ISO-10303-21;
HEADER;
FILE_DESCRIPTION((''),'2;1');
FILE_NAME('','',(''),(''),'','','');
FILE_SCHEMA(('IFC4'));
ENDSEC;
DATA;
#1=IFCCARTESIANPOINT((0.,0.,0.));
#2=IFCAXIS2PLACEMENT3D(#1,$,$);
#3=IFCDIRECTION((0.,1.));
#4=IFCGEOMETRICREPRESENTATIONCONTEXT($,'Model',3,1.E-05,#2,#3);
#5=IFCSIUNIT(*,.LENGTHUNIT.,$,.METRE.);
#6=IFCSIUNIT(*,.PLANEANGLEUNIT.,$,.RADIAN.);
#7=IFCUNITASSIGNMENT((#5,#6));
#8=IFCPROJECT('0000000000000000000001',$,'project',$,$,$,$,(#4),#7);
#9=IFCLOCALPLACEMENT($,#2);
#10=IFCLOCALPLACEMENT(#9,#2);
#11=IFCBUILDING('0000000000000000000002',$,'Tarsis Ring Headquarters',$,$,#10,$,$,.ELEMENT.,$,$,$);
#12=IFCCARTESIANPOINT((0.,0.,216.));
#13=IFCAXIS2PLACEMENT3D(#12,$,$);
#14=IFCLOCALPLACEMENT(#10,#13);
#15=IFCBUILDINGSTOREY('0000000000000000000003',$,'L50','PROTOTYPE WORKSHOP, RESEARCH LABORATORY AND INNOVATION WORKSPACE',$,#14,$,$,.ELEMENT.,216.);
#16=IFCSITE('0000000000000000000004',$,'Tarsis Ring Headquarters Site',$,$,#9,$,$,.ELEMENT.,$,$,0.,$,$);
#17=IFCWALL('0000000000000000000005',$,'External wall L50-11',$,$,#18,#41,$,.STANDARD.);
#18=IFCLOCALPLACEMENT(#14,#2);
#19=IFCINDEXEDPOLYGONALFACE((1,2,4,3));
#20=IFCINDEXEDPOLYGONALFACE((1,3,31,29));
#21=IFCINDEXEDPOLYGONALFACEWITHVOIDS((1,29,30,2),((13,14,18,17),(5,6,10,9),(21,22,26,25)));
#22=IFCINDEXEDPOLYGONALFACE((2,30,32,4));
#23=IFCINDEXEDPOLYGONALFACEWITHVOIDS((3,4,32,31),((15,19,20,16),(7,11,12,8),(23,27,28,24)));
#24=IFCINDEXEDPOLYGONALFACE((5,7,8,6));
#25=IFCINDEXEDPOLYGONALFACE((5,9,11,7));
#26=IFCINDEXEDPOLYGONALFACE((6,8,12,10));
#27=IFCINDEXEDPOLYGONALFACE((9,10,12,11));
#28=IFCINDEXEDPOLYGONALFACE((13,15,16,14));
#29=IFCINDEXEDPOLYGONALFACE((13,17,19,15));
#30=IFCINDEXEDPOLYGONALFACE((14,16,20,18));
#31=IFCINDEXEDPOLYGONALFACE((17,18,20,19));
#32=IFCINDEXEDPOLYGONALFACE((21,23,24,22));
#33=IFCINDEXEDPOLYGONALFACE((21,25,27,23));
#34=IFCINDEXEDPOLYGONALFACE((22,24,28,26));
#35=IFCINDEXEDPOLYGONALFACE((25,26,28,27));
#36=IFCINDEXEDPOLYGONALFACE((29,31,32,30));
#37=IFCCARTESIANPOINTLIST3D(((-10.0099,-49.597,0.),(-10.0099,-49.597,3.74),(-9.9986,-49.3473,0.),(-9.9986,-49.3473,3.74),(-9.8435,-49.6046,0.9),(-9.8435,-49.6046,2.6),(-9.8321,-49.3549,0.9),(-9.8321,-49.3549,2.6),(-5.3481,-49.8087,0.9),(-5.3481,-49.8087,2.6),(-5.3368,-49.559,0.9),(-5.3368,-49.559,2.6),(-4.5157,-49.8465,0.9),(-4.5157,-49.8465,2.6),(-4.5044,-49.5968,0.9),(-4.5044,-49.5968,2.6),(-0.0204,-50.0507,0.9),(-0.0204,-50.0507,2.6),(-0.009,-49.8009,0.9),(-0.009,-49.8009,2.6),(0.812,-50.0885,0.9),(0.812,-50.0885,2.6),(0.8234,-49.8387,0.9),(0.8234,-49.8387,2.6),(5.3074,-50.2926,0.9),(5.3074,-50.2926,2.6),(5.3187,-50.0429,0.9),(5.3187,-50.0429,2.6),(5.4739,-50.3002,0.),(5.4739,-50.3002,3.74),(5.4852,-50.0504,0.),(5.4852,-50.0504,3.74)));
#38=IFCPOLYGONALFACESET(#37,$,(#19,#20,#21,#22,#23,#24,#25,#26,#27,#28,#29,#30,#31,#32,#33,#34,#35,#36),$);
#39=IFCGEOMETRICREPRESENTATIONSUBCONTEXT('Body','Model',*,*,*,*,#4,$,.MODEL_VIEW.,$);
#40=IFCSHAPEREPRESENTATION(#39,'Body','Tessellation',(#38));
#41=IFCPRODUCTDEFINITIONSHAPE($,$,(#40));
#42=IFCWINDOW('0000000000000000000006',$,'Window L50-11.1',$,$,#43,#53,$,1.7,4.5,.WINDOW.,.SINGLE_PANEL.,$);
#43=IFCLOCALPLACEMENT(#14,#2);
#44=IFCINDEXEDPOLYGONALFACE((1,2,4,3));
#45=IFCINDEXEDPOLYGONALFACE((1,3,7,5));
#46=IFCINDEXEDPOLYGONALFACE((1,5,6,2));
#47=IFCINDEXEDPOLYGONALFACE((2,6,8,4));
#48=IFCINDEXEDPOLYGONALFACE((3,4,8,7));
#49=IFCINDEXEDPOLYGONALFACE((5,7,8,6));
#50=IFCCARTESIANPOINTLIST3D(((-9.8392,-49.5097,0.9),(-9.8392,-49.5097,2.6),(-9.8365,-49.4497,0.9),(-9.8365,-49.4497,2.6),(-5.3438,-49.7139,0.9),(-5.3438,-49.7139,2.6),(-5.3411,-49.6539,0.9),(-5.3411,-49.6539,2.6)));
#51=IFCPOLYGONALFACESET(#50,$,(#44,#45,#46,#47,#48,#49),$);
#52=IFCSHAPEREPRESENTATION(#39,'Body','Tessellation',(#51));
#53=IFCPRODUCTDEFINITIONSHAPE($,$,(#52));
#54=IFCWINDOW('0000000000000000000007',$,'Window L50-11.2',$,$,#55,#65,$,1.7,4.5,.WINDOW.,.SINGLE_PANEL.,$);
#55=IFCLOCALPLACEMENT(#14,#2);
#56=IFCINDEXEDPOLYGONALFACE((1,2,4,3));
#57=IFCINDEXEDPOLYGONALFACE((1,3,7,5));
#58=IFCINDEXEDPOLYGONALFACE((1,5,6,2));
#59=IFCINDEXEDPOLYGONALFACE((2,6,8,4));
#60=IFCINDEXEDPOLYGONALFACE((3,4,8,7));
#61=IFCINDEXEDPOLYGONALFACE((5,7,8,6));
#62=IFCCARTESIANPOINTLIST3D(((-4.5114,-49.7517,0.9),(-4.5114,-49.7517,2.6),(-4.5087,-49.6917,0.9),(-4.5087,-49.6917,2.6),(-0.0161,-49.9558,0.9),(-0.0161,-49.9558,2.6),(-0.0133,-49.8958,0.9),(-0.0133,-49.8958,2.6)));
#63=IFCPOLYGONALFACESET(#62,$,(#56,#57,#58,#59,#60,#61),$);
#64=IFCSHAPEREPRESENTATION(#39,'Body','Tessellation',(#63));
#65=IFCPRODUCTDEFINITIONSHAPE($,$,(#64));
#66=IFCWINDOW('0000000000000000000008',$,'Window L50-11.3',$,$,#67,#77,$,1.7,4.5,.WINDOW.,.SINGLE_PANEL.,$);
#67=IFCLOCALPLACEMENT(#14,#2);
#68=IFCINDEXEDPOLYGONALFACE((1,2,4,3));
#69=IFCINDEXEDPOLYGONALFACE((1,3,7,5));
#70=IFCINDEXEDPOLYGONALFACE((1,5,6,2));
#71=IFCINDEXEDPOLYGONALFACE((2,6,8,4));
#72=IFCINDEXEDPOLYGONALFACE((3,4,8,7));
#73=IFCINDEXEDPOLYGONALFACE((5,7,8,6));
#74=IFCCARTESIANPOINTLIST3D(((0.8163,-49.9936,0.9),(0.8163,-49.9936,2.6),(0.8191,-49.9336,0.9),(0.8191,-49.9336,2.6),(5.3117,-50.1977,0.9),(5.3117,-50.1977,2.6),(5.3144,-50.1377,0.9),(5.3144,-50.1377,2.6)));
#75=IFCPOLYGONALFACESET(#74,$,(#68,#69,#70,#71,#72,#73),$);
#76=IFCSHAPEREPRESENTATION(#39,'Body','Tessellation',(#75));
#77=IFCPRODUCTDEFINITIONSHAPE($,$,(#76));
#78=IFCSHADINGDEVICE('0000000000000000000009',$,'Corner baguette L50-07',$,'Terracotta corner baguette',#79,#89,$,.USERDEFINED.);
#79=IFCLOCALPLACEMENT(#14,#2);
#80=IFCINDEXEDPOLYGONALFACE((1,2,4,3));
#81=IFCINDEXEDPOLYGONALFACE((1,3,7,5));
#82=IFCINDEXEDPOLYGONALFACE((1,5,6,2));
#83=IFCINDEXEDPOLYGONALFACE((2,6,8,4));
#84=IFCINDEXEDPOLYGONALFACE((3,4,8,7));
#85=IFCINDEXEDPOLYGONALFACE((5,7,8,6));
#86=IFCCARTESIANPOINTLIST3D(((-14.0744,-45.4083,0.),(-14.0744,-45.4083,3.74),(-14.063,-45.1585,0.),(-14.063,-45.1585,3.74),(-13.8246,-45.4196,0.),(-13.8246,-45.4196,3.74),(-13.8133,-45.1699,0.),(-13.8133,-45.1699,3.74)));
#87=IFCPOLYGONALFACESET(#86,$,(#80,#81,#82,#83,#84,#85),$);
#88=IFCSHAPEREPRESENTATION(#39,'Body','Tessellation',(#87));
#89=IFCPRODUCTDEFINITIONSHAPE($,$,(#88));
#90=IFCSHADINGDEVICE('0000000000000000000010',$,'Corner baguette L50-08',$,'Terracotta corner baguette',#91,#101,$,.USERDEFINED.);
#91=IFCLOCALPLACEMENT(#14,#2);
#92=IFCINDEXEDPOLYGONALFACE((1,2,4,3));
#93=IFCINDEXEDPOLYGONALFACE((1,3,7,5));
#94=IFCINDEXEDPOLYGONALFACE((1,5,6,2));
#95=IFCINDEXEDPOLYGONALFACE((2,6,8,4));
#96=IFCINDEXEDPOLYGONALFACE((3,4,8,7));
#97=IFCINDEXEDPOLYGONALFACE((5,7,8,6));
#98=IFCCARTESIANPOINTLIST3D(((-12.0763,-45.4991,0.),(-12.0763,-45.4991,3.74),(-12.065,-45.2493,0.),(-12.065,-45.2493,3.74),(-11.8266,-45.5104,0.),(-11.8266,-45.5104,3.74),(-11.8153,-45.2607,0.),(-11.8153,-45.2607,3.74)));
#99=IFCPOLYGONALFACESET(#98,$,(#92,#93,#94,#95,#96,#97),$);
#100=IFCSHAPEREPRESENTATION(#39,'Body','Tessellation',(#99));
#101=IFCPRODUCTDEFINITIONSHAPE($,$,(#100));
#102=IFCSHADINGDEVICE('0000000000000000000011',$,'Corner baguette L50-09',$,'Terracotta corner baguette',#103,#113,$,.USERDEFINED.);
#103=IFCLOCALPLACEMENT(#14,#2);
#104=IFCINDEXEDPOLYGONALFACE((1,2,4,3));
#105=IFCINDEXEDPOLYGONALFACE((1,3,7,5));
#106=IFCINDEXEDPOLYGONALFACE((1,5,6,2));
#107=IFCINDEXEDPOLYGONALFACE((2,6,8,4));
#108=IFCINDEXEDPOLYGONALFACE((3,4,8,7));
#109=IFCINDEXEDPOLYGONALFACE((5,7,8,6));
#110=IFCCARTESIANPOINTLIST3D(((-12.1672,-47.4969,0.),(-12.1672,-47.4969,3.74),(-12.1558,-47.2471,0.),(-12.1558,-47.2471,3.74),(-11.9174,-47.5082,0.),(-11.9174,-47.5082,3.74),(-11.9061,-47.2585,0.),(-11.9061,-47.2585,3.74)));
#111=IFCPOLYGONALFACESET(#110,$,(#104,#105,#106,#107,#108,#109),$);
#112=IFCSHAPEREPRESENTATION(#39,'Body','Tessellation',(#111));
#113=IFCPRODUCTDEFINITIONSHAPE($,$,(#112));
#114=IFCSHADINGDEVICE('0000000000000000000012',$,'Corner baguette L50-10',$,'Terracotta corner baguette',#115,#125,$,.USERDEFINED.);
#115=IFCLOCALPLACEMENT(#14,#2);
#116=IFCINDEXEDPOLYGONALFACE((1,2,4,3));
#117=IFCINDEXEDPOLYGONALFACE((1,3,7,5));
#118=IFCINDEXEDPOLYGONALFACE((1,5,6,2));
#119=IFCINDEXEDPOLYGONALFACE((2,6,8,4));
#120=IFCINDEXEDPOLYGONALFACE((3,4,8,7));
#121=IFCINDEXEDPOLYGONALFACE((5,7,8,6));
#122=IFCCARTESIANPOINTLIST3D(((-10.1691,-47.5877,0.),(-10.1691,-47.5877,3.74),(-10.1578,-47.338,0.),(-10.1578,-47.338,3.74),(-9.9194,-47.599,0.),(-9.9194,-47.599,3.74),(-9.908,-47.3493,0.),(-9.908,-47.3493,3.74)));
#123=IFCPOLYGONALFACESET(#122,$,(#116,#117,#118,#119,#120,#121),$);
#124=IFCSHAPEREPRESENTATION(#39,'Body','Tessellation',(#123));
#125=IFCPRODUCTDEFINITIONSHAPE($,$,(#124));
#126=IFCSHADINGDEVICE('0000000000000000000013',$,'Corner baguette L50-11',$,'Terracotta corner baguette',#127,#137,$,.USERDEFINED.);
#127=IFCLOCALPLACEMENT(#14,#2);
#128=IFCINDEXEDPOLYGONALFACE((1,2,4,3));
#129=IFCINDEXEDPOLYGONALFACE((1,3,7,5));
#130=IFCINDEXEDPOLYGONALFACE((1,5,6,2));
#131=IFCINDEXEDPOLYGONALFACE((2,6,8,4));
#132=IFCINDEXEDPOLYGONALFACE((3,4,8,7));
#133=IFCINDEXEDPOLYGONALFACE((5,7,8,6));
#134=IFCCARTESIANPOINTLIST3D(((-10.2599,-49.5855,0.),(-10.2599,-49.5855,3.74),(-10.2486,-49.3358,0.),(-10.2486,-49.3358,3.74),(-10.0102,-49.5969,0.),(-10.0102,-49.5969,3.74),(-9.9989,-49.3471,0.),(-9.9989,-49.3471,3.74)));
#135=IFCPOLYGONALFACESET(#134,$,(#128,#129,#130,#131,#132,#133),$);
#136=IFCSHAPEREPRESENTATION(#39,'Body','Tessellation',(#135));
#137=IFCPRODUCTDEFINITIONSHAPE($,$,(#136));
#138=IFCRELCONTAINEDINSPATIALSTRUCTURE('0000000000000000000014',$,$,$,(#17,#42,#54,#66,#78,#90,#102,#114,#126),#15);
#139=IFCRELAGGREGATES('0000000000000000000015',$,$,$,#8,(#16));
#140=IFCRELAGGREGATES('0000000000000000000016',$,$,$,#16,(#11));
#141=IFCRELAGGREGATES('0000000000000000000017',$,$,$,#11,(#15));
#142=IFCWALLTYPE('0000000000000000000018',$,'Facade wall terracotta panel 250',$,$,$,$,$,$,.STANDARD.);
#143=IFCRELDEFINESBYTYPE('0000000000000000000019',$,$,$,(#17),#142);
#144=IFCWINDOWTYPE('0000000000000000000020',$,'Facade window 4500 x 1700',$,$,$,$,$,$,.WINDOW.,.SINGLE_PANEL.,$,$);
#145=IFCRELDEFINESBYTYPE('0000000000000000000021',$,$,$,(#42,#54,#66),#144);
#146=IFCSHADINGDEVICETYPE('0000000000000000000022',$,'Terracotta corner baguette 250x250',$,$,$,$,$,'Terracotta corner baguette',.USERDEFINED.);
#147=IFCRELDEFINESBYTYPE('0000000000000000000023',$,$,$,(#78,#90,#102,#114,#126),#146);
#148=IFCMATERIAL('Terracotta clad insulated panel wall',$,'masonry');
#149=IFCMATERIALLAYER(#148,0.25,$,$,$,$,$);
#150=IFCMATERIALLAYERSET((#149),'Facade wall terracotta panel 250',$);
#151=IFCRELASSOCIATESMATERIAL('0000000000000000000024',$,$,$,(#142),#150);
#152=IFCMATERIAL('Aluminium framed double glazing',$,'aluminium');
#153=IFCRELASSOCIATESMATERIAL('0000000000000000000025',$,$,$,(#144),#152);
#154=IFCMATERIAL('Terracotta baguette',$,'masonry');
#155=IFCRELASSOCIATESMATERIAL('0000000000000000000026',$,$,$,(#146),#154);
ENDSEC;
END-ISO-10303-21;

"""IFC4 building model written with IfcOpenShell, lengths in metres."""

from ifc_helpers import new_model, si_unit, direction, frame, frame_2d, origin, origin_2d, place, context, subcontext, project, spatial, rectangle, extrude, material, layer, layer_set, type_object, element, fill, save


model = new_model("IFC4")

# Units and contexts
model_context = context("Model", 3, precision=1e-05, world=origin(), true_north=direction((0.0, 1.0)))
body_context = subcontext(model_context, "Body", "Model", "MODEL_VIEW")
ifc_project = project(units=[si_unit("LENGTHUNIT", "METRE"), si_unit("PLANEANGLEUNIT", "RADIAN")], contexts=[model_context])

# Site, building, storey
site_placement = place(None, origin())
site = spatial("IfcSite", under=ifc_project, at=site_placement, Name="Tarsis Ring Headquarters Site", CompositionType="ELEMENT", RefElevation=0.0)
building_placement = place(site_placement, origin())
building = spatial("IfcBuilding", under=site, at=building_placement, Name="Tarsis Ring Headquarters", CompositionType="ELEMENT")
storey_placement = place(building_placement, frame((0.0, 0.0, 216.0)))
storey = spatial("IfcBuildingStorey", under=building, at=storey_placement, Name="L50", Description="PROTOTYPE WORKSHOP, RESEARCH LABORATORY AND INNOVATION WORKSPACE", CompositionType="ELEMENT", Elevation=216.0)

# Shared definitions
ifc_material_1 = material(Name="Terracotta clad insulated panel wall", Category="masonry")
ifc_layer_1 = layer(ifc_material_1, 0.25)
ifc_layer_set_1 = layer_set([ifc_layer_1], Name="Facade wall terracotta panel 250")
wall_type_1 = type_object("IfcWallType", Name="Facade wall terracotta panel 250", PredefinedType="STANDARD", material=ifc_layer_set_1)

# Wall, openings, windows
wall_1_placement = place(storey_placement, frame((-10.0044, -49.4722, 0.0), z_axis=(0.0, 0.0, 1.0), x_axis=(0.998971, -0.045363, 0.0)))
wall_1 = element("IfcWall", 1, at=wall_1_placement, inside=storey, type_object=wall_type_1, Name="External wall L50-11", PredefinedType="STANDARD", context=body_context, shape_type="SweptSolid", body=[
    extrude(rectangle(XDim=15.4998, YDim=0.25, at=frame_2d((7.75, 0.0))), origin(), (0.0, 0.0, 1.0), 3.74),
])
opening_1_placement = place(wall_1_placement, frame((0.1667, 0.0, 0.8999)))
opening_1 = element("IfcOpeningElement", 2, at=opening_1_placement, cuts=wall_1, PredefinedType="OPENING", context=body_context, shape_type="SweptSolid", body=[
    extrude(rectangle(XDim=4.5, YDim=1.7, at=frame_2d((2.25, 0.8501))), frame((0.0, 0.135, 0.0), z_axis=(0.0, -1.0, 0.0), x_axis=(1.0, 0.0, 0.0)), (0.0, 0.0, 1.0), 0.27),
])
opening_2_placement = place(wall_1_placement, frame((5.5, 0.0, 0.8999)))
opening_2 = element("IfcOpeningElement", 3, at=opening_2_placement, cuts=wall_1, PredefinedType="OPENING", context=body_context, shape_type="SweptSolid", body=[
    extrude(rectangle(XDim=4.5, YDim=1.7, at=frame_2d((2.25, 0.8501))), frame((0.0, 0.135, 0.0), z_axis=(0.0, -1.0, 0.0), x_axis=(1.0, 0.0, 0.0)), (0.0, 0.0, 1.0), 0.27),
])
opening_3_placement = place(wall_1_placement, frame((10.8333, 0.0, 0.8999)))
opening_3 = element("IfcOpeningElement", 4, at=opening_3_placement, cuts=wall_1, PredefinedType="OPENING", context=body_context, shape_type="SweptSolid", body=[
    extrude(rectangle(XDim=4.5, YDim=1.7, at=frame_2d((2.25, 0.8501))), frame((0.0, 0.135, 0.0), z_axis=(0.0, -1.0, 0.0), x_axis=(1.0, 0.0, 0.0)), (0.0, 0.0, 1.0), 0.27),
])
ifc_material_2 = material(Name="Aluminium framed double glazing", Category="aluminium")
window_type = type_object("IfcWindowType", Name="Facade window 4500 x 1700", PartitioningType="SINGLE_PANEL", PredefinedType="WINDOW", material=ifc_material_2)
window_1_placement = place(opening_1_placement, origin())
window_1 = element("IfcWindow", 5, at=window_1_placement, inside=storey, type_object=window_type, Name="Window L50-11.1", OverallHeight=1.7, OverallWidth=4.5, PartitioningType="SINGLE_PANEL", PredefinedType="WINDOW", context=body_context, shape_type="SweptSolid", body=[
    extrude(rectangle(XDim=4.5, YDim=1.7, at=frame_2d((2.25, 0.8501))), frame((0.0, 0.03, 0.0), z_axis=(0.0, -1.0, 0.0), x_axis=(1.0, 0.0, 0.0)), (0.0, 0.0, 1.0), 0.0601),
])
fill(opening_1, window_1)
window_2_placement = place(opening_2_placement, origin())
window_2 = element("IfcWindow", 6, at=window_2_placement, inside=storey, type_object=window_type, Name="Window L50-11.2", OverallHeight=1.7, OverallWidth=4.5, PartitioningType="SINGLE_PANEL", PredefinedType="WINDOW", context=body_context, shape_type="SweptSolid", body=[
    extrude(rectangle(XDim=4.5, YDim=1.7, at=frame_2d((2.25, 0.8501))), frame((0.0, 0.03, 0.0), z_axis=(0.0, -1.0, 0.0), x_axis=(1.0, 0.0, 0.0)), (0.0, 0.0, 1.0), 0.0601),
])
fill(opening_2, window_2)
window_3_placement = place(opening_3_placement, origin())
window_3 = element("IfcWindow", 7, at=window_3_placement, inside=storey, type_object=window_type, Name="Window L50-11.3", OverallHeight=1.7, OverallWidth=4.5, PartitioningType="SINGLE_PANEL", PredefinedType="WINDOW", context=body_context, shape_type="SweptSolid", body=[
    extrude(rectangle(XDim=4.5, YDim=1.7, at=frame_2d((2.25, 0.8501))), frame((0.0, 0.03, 0.0), z_axis=(0.0, -1.0, 0.0), x_axis=(1.0, 0.0, 0.0)), (0.0, 0.0, 1.0), 0.0601),
])
fill(opening_3, window_3)

# Shading devices
ifc_material_3 = material(Name="Terracotta baguette", Category="masonry")
shading_device_type_1 = type_object("IfcShadingDeviceType", Name="Terracotta corner baguette 250x250", ElementType="Terracotta corner baguette", PredefinedType="USERDEFINED", material=ifc_material_3)
for number, where, z_axis, x_axis, name in (
    (8, (-13.9438, -45.2891, 0.0), (0.0, 0.0, 1.0), (-0.045363, -0.998971, 0.0), "Corner baguette L50-07"),
    (9, (-11.9458, -45.3799, 0.0), (0.0, 0.0, 1.0), (0.998971, -0.045363, 0.0), "Corner baguette L50-08"),
    (10, (-12.0366, -47.3777, 0.0), (0.0, 0.0, 1.0), (-0.045363, -0.998971, 0.0), "Corner baguette L50-09"),
    (11, (-10.0386, -47.4685, 0.0), (0.0, 0.0, 1.0), (0.998971, -0.045363, 0.0), "Corner baguette L50-10"),
    (12, (-10.1294, -49.4663, 0.0), (0.0, 0.0, 1.0), (-0.045363, -0.998971, 0.0), "Corner baguette L50-11"),
):
    element("IfcShadingDevice", number, at=place(storey_placement, frame(where, z_axis=z_axis, x_axis=x_axis)), inside=storey, type_object=shading_device_type_1, Name=name, ObjectType="Terracotta corner baguette", PredefinedType="USERDEFINED", context=body_context, shape_type="SweptSolid", body=[
        extrude(rectangle(XDim=0.25, YDim=0.25, at=origin_2d()), origin(), (0.0, 0.0, 1.0), 3.74),
    ])

save(model, "model.ifc")
